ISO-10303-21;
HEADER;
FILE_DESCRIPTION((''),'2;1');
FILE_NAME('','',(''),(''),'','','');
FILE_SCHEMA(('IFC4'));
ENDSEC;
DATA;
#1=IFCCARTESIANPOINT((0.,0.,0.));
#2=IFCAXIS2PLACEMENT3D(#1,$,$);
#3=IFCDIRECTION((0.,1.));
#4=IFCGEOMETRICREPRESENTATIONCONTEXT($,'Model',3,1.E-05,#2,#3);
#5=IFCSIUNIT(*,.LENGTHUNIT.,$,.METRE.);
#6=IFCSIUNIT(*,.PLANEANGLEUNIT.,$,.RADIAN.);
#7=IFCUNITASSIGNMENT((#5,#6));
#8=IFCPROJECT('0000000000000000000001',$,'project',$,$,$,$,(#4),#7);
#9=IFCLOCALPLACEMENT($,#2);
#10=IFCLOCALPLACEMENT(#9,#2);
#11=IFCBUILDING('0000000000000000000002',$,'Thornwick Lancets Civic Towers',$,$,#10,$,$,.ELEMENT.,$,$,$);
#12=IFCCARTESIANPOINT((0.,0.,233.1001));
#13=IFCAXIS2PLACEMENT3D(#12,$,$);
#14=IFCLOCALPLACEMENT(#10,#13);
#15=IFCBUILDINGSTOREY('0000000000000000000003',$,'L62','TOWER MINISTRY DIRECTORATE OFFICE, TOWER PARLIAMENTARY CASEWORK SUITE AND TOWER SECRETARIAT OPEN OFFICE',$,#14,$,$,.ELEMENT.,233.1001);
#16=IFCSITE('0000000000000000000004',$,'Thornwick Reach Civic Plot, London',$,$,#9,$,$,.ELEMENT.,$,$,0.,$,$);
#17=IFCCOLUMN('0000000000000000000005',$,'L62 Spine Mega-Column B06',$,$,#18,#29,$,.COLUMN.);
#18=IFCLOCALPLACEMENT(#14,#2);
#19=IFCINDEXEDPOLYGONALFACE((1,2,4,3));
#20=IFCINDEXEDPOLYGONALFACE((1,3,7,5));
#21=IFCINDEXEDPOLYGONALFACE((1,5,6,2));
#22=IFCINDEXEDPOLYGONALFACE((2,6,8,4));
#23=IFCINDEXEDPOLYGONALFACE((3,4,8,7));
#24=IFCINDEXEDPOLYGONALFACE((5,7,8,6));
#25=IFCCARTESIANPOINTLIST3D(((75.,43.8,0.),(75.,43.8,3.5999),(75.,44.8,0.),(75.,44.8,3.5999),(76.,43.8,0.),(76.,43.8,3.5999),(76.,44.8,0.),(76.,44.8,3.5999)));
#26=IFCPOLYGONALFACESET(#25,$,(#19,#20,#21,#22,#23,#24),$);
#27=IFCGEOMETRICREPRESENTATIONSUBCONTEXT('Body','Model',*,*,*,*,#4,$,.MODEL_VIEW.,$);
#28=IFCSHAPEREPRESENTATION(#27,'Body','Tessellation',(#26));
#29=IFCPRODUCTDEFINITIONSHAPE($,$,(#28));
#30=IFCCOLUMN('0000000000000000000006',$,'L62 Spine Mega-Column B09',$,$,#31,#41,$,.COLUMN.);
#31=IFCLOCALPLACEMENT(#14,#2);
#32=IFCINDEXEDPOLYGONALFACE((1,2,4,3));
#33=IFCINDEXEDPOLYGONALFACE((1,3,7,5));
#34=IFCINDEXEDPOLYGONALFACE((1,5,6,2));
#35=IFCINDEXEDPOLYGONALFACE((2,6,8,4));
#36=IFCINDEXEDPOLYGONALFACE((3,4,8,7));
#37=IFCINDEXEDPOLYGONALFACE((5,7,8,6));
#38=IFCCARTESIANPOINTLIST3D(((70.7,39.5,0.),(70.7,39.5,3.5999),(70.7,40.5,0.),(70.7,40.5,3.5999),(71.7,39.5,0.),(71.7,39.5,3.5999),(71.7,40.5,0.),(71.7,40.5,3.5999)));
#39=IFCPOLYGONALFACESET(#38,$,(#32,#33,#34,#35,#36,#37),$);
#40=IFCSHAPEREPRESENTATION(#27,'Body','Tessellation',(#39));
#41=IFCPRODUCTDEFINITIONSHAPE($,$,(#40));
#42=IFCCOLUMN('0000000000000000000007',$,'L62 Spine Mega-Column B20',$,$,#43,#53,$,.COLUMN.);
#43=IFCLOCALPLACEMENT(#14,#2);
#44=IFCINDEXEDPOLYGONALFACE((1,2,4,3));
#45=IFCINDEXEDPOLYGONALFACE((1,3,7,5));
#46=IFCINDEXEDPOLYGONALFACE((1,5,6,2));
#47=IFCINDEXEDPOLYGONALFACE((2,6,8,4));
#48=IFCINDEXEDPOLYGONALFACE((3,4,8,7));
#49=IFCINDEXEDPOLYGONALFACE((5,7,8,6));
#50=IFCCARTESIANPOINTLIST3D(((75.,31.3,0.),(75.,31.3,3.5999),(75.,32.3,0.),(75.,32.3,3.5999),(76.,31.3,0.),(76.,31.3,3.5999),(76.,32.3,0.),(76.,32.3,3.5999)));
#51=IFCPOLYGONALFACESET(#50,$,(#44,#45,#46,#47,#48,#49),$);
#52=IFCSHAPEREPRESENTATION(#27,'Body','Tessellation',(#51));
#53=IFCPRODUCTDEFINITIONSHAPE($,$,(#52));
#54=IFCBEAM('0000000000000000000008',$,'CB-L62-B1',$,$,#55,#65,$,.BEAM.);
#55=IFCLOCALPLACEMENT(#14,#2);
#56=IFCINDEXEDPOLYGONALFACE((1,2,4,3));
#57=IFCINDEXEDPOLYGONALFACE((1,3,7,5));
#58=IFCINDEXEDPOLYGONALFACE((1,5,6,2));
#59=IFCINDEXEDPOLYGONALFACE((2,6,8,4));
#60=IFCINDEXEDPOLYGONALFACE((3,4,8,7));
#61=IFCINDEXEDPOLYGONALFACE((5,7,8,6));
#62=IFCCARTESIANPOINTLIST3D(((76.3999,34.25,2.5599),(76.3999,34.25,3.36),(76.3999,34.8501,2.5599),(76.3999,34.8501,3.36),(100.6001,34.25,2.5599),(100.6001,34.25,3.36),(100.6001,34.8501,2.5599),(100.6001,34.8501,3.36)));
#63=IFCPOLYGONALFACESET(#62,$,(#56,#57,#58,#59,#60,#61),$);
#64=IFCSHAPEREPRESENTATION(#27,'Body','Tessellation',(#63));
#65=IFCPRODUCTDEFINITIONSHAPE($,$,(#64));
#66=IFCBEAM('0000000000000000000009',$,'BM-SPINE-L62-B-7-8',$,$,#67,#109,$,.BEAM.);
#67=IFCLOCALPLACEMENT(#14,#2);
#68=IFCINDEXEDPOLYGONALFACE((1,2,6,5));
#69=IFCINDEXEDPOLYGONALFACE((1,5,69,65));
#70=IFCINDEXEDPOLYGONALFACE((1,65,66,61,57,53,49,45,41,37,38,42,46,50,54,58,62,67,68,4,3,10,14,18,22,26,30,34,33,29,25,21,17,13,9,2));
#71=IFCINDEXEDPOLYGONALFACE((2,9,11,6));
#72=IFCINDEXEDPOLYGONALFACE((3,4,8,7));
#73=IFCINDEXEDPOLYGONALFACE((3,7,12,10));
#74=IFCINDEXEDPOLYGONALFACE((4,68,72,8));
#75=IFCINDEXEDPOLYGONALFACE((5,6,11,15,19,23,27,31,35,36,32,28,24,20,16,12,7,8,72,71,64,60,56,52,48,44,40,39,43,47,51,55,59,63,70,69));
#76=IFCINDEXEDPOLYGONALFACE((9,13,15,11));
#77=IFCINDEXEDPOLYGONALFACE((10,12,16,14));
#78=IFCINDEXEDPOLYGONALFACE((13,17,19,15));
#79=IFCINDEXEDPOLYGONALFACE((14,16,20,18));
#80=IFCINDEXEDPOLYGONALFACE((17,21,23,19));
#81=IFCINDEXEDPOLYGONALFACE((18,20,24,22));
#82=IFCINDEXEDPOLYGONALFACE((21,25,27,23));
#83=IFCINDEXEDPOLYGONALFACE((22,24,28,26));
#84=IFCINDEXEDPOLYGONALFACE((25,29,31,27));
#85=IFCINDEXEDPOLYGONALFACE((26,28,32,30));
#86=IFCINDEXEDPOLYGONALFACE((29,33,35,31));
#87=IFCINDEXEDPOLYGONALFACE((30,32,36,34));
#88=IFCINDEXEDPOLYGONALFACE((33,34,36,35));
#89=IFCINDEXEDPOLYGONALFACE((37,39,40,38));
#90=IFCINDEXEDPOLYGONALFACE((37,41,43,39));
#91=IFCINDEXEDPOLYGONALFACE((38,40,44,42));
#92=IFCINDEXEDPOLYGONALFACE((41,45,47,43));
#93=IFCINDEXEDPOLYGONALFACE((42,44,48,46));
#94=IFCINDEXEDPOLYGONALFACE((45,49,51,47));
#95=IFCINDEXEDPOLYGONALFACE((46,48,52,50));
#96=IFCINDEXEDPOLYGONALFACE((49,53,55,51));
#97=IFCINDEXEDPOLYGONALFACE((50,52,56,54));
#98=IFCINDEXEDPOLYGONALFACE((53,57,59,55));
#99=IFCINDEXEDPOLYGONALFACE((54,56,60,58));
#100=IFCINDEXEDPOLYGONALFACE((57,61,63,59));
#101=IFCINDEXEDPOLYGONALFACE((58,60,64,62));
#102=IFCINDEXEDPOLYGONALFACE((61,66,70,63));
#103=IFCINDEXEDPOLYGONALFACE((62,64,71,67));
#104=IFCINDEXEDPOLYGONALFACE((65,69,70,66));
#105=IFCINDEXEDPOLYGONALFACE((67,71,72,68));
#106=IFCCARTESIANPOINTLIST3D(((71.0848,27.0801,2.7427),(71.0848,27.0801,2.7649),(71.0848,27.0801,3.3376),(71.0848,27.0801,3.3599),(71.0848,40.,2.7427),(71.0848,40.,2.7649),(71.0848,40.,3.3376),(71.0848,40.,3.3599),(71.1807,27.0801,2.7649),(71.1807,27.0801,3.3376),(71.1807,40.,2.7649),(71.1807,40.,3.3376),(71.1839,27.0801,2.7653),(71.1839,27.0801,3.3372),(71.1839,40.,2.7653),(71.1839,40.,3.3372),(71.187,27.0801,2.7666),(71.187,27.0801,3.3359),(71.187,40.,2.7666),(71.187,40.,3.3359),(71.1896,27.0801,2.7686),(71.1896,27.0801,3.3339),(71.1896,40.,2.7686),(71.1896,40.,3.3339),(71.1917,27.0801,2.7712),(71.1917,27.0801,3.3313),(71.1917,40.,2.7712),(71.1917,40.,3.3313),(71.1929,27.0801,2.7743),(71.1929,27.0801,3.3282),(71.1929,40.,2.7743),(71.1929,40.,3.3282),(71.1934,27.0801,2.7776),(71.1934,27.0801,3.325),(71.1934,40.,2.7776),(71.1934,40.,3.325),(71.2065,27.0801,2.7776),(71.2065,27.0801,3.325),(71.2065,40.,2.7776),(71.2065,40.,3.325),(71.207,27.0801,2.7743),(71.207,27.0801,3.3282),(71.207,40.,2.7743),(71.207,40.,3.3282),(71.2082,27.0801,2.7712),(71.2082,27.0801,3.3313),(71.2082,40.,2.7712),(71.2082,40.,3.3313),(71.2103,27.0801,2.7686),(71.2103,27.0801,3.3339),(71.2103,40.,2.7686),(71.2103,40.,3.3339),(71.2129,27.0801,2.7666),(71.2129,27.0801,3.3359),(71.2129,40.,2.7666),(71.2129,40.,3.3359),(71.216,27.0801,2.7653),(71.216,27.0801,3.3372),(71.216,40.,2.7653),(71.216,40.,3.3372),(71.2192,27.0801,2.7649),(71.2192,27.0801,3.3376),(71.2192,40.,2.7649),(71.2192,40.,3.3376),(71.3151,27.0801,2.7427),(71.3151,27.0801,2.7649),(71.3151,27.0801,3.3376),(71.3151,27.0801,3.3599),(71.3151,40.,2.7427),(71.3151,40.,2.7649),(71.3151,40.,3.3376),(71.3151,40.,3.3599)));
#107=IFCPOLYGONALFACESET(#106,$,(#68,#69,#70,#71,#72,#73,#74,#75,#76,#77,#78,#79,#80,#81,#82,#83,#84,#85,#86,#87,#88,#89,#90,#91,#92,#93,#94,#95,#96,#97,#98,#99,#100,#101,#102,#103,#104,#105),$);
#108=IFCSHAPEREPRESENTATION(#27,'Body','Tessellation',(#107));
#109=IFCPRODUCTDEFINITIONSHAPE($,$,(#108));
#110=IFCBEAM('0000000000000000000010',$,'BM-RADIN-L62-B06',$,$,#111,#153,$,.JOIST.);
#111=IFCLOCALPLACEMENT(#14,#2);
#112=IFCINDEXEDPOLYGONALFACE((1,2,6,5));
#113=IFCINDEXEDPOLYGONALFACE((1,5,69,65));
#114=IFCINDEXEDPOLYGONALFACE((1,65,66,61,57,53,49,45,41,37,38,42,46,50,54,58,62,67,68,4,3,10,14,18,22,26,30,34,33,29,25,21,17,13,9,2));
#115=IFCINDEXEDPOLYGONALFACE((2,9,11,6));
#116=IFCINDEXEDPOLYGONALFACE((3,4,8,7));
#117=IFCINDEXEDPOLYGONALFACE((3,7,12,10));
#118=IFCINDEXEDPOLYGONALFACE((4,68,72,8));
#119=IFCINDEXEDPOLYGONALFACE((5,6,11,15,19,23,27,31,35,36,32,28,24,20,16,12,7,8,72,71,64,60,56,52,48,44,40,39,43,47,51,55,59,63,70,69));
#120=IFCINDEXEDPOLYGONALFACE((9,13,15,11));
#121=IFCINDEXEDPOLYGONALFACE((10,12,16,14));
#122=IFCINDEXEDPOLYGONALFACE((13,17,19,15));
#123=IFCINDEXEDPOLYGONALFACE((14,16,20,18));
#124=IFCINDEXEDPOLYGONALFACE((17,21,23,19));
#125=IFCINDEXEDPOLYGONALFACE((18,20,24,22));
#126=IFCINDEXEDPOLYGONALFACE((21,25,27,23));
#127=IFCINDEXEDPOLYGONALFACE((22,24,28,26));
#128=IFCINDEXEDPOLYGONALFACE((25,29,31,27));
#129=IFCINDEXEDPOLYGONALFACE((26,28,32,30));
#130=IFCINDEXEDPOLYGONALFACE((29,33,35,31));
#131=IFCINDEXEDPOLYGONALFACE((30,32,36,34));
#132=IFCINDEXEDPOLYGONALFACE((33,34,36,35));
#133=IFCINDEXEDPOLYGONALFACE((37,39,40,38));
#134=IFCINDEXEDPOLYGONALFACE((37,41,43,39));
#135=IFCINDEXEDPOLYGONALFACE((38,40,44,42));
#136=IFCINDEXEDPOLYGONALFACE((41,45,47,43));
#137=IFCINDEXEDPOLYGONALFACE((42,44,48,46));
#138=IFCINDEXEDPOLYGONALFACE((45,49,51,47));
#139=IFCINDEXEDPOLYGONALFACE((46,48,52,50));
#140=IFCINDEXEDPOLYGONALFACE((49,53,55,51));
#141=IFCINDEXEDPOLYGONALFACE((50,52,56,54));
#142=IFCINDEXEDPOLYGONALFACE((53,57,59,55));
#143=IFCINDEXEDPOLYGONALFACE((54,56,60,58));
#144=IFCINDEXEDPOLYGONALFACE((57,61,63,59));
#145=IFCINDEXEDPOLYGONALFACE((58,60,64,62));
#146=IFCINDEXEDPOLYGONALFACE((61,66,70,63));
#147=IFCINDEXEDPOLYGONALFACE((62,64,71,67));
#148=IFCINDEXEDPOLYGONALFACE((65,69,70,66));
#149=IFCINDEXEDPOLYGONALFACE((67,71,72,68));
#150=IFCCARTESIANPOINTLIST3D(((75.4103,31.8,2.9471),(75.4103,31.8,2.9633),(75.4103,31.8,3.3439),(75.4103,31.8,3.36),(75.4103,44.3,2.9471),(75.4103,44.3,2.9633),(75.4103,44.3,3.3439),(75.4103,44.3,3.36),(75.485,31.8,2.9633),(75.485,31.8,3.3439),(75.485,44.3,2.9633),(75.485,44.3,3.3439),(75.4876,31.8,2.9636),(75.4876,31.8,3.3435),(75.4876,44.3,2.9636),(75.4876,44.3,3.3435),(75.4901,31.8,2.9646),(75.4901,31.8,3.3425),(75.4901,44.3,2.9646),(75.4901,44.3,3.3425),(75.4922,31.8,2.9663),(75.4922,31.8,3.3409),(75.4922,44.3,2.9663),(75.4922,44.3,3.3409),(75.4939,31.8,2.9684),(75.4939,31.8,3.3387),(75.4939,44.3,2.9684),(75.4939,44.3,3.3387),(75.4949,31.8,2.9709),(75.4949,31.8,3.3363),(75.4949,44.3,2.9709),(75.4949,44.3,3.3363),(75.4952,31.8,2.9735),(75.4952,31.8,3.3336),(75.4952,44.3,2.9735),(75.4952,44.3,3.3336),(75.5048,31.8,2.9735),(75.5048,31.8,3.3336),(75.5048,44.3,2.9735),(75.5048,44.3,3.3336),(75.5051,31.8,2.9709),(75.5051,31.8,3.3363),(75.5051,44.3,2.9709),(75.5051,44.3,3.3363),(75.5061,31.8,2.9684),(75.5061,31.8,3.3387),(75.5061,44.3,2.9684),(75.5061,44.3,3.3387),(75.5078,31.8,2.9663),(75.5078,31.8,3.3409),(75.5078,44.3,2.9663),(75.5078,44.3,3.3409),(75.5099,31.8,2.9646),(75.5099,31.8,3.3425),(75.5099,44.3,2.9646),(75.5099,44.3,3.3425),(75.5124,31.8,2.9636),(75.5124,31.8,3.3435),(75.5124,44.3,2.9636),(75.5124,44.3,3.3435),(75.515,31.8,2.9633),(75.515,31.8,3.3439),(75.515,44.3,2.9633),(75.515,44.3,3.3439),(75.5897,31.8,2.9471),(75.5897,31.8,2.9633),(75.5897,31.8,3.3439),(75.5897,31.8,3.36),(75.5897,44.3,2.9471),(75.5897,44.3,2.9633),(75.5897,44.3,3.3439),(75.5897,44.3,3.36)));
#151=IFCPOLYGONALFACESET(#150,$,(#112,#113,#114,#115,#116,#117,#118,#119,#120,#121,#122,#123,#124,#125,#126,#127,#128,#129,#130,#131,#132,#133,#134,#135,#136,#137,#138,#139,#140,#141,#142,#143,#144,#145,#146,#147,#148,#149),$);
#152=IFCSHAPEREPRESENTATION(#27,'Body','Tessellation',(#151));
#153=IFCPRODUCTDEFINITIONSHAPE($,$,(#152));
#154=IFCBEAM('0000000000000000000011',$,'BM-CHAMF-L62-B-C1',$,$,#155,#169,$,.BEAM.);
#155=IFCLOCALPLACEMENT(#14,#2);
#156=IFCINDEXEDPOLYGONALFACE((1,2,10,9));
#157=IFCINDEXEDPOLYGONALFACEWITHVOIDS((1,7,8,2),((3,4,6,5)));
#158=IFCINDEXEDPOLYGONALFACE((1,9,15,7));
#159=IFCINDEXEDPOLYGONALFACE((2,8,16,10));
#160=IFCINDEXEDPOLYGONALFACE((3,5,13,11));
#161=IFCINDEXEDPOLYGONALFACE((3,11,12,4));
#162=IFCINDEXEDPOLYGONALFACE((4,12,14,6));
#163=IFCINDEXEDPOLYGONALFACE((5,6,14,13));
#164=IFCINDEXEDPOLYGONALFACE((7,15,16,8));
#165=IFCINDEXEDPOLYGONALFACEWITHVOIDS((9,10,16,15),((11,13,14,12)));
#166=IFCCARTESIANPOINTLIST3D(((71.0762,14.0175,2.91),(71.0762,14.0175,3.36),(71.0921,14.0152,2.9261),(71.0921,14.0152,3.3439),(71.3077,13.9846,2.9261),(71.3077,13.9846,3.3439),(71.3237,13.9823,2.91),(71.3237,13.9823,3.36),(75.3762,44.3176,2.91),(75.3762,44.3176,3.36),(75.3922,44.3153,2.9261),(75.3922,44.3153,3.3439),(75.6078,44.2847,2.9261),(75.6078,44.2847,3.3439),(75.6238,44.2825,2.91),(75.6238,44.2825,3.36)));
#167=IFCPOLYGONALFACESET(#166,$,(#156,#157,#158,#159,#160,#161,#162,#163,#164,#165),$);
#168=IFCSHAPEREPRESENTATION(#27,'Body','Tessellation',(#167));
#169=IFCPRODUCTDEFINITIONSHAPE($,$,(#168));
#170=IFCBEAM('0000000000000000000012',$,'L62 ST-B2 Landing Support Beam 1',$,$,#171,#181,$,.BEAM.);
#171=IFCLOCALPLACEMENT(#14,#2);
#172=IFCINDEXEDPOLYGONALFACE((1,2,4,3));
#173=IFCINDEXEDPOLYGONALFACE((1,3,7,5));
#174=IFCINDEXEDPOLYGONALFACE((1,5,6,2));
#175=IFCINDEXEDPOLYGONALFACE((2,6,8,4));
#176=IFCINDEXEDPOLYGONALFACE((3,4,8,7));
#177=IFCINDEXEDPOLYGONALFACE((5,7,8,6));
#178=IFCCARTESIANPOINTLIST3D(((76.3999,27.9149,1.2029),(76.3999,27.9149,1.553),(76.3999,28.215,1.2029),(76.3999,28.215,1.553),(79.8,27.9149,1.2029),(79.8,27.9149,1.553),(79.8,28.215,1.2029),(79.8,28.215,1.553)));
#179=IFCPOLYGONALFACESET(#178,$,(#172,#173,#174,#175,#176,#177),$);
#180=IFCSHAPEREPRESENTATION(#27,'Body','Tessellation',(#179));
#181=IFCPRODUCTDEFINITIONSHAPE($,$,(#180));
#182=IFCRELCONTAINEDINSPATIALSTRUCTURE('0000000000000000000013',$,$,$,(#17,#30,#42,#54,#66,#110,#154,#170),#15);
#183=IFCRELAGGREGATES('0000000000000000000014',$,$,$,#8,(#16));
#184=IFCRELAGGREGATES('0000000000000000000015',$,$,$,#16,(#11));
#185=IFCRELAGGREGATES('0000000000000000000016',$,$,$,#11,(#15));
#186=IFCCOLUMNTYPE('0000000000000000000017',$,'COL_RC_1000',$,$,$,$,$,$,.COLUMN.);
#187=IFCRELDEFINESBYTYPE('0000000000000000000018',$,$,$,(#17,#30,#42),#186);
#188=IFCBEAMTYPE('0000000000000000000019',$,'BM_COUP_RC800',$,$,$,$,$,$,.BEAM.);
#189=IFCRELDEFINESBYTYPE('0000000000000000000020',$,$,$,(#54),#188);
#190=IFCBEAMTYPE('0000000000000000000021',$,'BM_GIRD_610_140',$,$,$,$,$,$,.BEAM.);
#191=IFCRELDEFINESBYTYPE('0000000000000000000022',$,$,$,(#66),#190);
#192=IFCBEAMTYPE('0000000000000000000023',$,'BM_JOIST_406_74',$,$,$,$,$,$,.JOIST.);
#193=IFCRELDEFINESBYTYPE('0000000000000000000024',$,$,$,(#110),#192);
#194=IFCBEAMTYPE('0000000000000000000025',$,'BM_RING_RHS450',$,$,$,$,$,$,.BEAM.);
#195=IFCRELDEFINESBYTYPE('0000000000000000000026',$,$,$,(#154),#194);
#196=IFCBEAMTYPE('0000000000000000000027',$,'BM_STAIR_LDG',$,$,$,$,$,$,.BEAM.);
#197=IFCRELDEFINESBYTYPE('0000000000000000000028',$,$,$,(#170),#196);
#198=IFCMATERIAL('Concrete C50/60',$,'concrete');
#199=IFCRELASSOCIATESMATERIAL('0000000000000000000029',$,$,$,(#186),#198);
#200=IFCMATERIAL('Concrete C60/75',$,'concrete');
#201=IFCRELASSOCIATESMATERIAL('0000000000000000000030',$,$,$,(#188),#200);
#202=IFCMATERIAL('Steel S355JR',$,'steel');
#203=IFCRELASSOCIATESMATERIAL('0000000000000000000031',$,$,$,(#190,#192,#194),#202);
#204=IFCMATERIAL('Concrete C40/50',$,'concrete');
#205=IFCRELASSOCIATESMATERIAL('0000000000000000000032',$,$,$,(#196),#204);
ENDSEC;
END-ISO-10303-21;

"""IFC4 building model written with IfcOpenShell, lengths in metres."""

from ifc_helpers import new_model, si_unit, direction, frame, origin, origin_2d, place, context, subcontext, project, spatial, rectangle, hollow_rectangle, i_section, extrude, material, material_profile, profile_set, type_object, element, save


model = new_model("IFC4")

# Units and contexts
model_context = context("Model", 3, precision=1e-05, world=origin(), true_north=direction((0.0, 1.0)))
body_context = subcontext(model_context, "Body", "Model", "MODEL_VIEW")
ifc_project = project(units=[si_unit("LENGTHUNIT", "METRE"), si_unit("PLANEANGLEUNIT", "RADIAN")], contexts=[model_context])

# Site, building, storey
site_placement = place(None, origin())
site = spatial("IfcSite", under=ifc_project, at=site_placement, Name="Thornwick Reach Civic Plot, London", CompositionType="ELEMENT", RefElevation=0.0)
building_placement = place(site_placement, origin())
building = spatial("IfcBuilding", under=site, at=building_placement, Name="Thornwick Lancets Civic Towers", CompositionType="ELEMENT")
storey_placement = place(building_placement, frame((0.0, 0.0, 233.1001)))
storey = spatial("IfcBuildingStorey", under=building, at=storey_placement, Name="L62", Description="TOWER MINISTRY DIRECTORATE OFFICE, TOWER PARLIAMENTARY CASEWORK SUITE AND TOWER SECRETARIAT OPEN OFFICE", CompositionType="ELEMENT", Elevation=233.1001)

# Columns
ifc_material_1 = material(Name="Concrete C50/60", Category="concrete")
ifc_material_profile_1 = material_profile(ifc_material_1, rectangle(XDim=1.0, YDim=1.0, at=origin_2d()), Name="RC 1000x1000")
ifc_profile_set_1 = profile_set([ifc_material_profile_1], Name="Concrete C50/60")
column_type = type_object("IfcColumnType", Name="COL_RC_1000", PredefinedType="COLUMN", material=ifc_profile_set_1)
for number, where, z_axis, x_axis, name in (
    (1, (75.5, 44.3, 0.0), (0.0, 0.0, 1.0), (1.0, 0.0, 0.0), "L62 Spine Mega-Column B06"),
    (2, (71.2, 40.0, 0.0), (0.0, 0.0, 1.0), (1.0, 0.0, 0.0), "L62 Spine Mega-Column B09"),
    (3, (75.5, 31.8, 0.0), (0.0, 0.0, 1.0), (1.0, 0.0, 0.0), "L62 Spine Mega-Column B20"),
):
    element("IfcColumn", number, at=place(storey_placement, frame(where, z_axis=z_axis, x_axis=x_axis)), inside=storey, type_object=column_type, Name=name, PredefinedType="COLUMN", context=body_context, shape_type="SweptSolid", body=[
        extrude(rectangle(XDim=1.0, YDim=1.0, at=origin_2d()), origin(), (0.0, 0.0, 1.0), 3.5999),
    ])

# Beams
ifc_material_2 = material(Name="Concrete C60/75", Category="concrete")
ifc_material_profile_2 = material_profile(ifc_material_2, rectangle(XDim=0.6001, YDim=0.8, at=origin_2d()), Name="RC 600x800")
ifc_profile_set_2 = profile_set([ifc_material_profile_2], Name="Concrete C60/75")
beam_type_1 = type_object("IfcBeamType", Name="BM_COUP_RC800", PredefinedType="BEAM", material=ifc_profile_set_2)
beam_1_placement = place(storey_placement, frame((76.3999, 34.55, 2.96), z_axis=(1.0, 0.0, 0.0), x_axis=(0.0, 1.0, 0.0)))
element("IfcBeam", 4, at=beam_1_placement, inside=storey, type_object=beam_type_1, Name="CB-L62-B1", PredefinedType="BEAM", context=body_context, shape_type="SweptSolid", body=[
    extrude(rectangle(XDim=0.6001, YDim=0.8, at=origin_2d()), origin(), (0.0, 0.0, 1.0), 24.2002),
])
ifc_material_3 = material(Name="Steel S355JR", Category="steel")
ifc_material_profile_3 = material_profile(ifc_material_3, i_section(OverallWidth=0.2302, OverallDepth=0.6172, WebThickness=0.0132, FlangeThickness=0.0222, FilletRadius=0.0127, at=origin_2d()), Name="UKB 610x229x140")
ifc_profile_set_3 = profile_set([ifc_material_profile_3], Name="Steel S355JR")
beam_type_2 = type_object("IfcBeamType", Name="BM_GIRD_610_140", PredefinedType="BEAM", material=ifc_profile_set_3)
beam_2_placement = place(storey_placement, frame((71.2, 27.0801, 3.0513), z_axis=(0.0, 1.0, 0.0), x_axis=(-1.0, 0.0, 0.0)))
element("IfcBeam", 5, at=beam_2_placement, inside=storey, type_object=beam_type_2, Name="BM-SPINE-L62-B-7-8", PredefinedType="BEAM", context=body_context, shape_type="SweptSolid", body=[
    extrude(i_section(OverallWidth=0.2302, OverallDepth=0.6172, WebThickness=0.0132, FlangeThickness=0.0222, FilletRadius=0.0127, at=origin_2d()), origin(), (0.0, 0.0, 1.0), 12.9199),
])
ifc_material_profile_4 = material_profile(ifc_material_3, i_section(OverallWidth=0.1794, OverallDepth=0.4128, WebThickness=0.0095, FlangeThickness=0.0161, FilletRadius=0.0103, at=origin_2d()), Name="UKB 406x178x74")
ifc_profile_set_4 = profile_set([ifc_material_profile_4], Name="Steel S355JR")
beam_type_3 = type_object("IfcBeamType", Name="BM_JOIST_406_74", PredefinedType="JOIST", material=ifc_profile_set_4)
beam_3_placement = place(storey_placement, frame((75.5, 31.8, 3.1536), z_axis=(0.0, 1.0, 0.0), x_axis=(-1.0, 0.0, 0.0)))
element("IfcBeam", 6, at=beam_3_placement, inside=storey, type_object=beam_type_3, Name="BM-RADIN-L62-B06", PredefinedType="JOIST", context=body_context, shape_type="SweptSolid", body=[
    extrude(i_section(OverallWidth=0.1794, OverallDepth=0.4128, WebThickness=0.0095, FlangeThickness=0.0161, FilletRadius=0.0103, at=origin_2d()), origin(), (0.0, 0.0, 1.0), 12.5),
])
ifc_material_profile_5 = material_profile(ifc_material_3, hollow_rectangle(XDim=0.25, YDim=0.45, WallThickness=0.0161, at=origin_2d()), Name="RHS 450x250x16")
ifc_profile_set_5 = profile_set([ifc_material_profile_5], Name="Steel S355JR")
beam_type_4 = type_object("IfcBeamType", Name="BM_RING_RHS450", PredefinedType="BEAM", material=ifc_profile_set_5)
beam_4_placement = place(storey_placement, frame((75.5, 44.3, 3.135), z_axis=(-0.140508, -0.99008, 0.0), x_axis=(0.99008, -0.140508, 0.0)))
element("IfcBeam", 7, at=beam_4_placement, inside=storey, type_object=beam_type_4, Name="BM-CHAMF-L62-B-C1", PredefinedType="BEAM", context=body_context, shape_type="SweptSolid", body=[
    extrude(hollow_rectangle(XDim=0.25, YDim=0.45, WallThickness=0.0161, at=origin_2d()), origin(), (0.0, 0.0, 1.0), 30.6038),
])
ifc_material_4 = material(Name="Concrete C40/50", Category="concrete")
ifc_material_profile_6 = material_profile(ifc_material_4, rectangle(XDim=0.3, YDim=0.3501, at=origin_2d()), Name="RC 300x350")
ifc_profile_set_6 = profile_set([ifc_material_profile_6], Name="Concrete C40/50")
beam_type_5 = type_object("IfcBeamType", Name="BM_STAIR_LDG", PredefinedType="BEAM", material=ifc_profile_set_6)
beam_5_placement = place(storey_placement, frame((76.3999, 28.0649, 1.3779), z_axis=(1.0, 0.0, 0.0), x_axis=(0.0, 1.0, 0.0)))
element("IfcBeam", 8, at=beam_5_placement, inside=storey, type_object=beam_type_5, Name="L62 ST-B2 Landing Support Beam 1", PredefinedType="BEAM", context=body_context, shape_type="SweptSolid", body=[
    extrude(rectangle(XDim=0.3, YDim=0.3501, at=origin_2d()), origin(), (0.0, 0.0, 1.0), 3.4001),
])

save(model, "model.ifc")
